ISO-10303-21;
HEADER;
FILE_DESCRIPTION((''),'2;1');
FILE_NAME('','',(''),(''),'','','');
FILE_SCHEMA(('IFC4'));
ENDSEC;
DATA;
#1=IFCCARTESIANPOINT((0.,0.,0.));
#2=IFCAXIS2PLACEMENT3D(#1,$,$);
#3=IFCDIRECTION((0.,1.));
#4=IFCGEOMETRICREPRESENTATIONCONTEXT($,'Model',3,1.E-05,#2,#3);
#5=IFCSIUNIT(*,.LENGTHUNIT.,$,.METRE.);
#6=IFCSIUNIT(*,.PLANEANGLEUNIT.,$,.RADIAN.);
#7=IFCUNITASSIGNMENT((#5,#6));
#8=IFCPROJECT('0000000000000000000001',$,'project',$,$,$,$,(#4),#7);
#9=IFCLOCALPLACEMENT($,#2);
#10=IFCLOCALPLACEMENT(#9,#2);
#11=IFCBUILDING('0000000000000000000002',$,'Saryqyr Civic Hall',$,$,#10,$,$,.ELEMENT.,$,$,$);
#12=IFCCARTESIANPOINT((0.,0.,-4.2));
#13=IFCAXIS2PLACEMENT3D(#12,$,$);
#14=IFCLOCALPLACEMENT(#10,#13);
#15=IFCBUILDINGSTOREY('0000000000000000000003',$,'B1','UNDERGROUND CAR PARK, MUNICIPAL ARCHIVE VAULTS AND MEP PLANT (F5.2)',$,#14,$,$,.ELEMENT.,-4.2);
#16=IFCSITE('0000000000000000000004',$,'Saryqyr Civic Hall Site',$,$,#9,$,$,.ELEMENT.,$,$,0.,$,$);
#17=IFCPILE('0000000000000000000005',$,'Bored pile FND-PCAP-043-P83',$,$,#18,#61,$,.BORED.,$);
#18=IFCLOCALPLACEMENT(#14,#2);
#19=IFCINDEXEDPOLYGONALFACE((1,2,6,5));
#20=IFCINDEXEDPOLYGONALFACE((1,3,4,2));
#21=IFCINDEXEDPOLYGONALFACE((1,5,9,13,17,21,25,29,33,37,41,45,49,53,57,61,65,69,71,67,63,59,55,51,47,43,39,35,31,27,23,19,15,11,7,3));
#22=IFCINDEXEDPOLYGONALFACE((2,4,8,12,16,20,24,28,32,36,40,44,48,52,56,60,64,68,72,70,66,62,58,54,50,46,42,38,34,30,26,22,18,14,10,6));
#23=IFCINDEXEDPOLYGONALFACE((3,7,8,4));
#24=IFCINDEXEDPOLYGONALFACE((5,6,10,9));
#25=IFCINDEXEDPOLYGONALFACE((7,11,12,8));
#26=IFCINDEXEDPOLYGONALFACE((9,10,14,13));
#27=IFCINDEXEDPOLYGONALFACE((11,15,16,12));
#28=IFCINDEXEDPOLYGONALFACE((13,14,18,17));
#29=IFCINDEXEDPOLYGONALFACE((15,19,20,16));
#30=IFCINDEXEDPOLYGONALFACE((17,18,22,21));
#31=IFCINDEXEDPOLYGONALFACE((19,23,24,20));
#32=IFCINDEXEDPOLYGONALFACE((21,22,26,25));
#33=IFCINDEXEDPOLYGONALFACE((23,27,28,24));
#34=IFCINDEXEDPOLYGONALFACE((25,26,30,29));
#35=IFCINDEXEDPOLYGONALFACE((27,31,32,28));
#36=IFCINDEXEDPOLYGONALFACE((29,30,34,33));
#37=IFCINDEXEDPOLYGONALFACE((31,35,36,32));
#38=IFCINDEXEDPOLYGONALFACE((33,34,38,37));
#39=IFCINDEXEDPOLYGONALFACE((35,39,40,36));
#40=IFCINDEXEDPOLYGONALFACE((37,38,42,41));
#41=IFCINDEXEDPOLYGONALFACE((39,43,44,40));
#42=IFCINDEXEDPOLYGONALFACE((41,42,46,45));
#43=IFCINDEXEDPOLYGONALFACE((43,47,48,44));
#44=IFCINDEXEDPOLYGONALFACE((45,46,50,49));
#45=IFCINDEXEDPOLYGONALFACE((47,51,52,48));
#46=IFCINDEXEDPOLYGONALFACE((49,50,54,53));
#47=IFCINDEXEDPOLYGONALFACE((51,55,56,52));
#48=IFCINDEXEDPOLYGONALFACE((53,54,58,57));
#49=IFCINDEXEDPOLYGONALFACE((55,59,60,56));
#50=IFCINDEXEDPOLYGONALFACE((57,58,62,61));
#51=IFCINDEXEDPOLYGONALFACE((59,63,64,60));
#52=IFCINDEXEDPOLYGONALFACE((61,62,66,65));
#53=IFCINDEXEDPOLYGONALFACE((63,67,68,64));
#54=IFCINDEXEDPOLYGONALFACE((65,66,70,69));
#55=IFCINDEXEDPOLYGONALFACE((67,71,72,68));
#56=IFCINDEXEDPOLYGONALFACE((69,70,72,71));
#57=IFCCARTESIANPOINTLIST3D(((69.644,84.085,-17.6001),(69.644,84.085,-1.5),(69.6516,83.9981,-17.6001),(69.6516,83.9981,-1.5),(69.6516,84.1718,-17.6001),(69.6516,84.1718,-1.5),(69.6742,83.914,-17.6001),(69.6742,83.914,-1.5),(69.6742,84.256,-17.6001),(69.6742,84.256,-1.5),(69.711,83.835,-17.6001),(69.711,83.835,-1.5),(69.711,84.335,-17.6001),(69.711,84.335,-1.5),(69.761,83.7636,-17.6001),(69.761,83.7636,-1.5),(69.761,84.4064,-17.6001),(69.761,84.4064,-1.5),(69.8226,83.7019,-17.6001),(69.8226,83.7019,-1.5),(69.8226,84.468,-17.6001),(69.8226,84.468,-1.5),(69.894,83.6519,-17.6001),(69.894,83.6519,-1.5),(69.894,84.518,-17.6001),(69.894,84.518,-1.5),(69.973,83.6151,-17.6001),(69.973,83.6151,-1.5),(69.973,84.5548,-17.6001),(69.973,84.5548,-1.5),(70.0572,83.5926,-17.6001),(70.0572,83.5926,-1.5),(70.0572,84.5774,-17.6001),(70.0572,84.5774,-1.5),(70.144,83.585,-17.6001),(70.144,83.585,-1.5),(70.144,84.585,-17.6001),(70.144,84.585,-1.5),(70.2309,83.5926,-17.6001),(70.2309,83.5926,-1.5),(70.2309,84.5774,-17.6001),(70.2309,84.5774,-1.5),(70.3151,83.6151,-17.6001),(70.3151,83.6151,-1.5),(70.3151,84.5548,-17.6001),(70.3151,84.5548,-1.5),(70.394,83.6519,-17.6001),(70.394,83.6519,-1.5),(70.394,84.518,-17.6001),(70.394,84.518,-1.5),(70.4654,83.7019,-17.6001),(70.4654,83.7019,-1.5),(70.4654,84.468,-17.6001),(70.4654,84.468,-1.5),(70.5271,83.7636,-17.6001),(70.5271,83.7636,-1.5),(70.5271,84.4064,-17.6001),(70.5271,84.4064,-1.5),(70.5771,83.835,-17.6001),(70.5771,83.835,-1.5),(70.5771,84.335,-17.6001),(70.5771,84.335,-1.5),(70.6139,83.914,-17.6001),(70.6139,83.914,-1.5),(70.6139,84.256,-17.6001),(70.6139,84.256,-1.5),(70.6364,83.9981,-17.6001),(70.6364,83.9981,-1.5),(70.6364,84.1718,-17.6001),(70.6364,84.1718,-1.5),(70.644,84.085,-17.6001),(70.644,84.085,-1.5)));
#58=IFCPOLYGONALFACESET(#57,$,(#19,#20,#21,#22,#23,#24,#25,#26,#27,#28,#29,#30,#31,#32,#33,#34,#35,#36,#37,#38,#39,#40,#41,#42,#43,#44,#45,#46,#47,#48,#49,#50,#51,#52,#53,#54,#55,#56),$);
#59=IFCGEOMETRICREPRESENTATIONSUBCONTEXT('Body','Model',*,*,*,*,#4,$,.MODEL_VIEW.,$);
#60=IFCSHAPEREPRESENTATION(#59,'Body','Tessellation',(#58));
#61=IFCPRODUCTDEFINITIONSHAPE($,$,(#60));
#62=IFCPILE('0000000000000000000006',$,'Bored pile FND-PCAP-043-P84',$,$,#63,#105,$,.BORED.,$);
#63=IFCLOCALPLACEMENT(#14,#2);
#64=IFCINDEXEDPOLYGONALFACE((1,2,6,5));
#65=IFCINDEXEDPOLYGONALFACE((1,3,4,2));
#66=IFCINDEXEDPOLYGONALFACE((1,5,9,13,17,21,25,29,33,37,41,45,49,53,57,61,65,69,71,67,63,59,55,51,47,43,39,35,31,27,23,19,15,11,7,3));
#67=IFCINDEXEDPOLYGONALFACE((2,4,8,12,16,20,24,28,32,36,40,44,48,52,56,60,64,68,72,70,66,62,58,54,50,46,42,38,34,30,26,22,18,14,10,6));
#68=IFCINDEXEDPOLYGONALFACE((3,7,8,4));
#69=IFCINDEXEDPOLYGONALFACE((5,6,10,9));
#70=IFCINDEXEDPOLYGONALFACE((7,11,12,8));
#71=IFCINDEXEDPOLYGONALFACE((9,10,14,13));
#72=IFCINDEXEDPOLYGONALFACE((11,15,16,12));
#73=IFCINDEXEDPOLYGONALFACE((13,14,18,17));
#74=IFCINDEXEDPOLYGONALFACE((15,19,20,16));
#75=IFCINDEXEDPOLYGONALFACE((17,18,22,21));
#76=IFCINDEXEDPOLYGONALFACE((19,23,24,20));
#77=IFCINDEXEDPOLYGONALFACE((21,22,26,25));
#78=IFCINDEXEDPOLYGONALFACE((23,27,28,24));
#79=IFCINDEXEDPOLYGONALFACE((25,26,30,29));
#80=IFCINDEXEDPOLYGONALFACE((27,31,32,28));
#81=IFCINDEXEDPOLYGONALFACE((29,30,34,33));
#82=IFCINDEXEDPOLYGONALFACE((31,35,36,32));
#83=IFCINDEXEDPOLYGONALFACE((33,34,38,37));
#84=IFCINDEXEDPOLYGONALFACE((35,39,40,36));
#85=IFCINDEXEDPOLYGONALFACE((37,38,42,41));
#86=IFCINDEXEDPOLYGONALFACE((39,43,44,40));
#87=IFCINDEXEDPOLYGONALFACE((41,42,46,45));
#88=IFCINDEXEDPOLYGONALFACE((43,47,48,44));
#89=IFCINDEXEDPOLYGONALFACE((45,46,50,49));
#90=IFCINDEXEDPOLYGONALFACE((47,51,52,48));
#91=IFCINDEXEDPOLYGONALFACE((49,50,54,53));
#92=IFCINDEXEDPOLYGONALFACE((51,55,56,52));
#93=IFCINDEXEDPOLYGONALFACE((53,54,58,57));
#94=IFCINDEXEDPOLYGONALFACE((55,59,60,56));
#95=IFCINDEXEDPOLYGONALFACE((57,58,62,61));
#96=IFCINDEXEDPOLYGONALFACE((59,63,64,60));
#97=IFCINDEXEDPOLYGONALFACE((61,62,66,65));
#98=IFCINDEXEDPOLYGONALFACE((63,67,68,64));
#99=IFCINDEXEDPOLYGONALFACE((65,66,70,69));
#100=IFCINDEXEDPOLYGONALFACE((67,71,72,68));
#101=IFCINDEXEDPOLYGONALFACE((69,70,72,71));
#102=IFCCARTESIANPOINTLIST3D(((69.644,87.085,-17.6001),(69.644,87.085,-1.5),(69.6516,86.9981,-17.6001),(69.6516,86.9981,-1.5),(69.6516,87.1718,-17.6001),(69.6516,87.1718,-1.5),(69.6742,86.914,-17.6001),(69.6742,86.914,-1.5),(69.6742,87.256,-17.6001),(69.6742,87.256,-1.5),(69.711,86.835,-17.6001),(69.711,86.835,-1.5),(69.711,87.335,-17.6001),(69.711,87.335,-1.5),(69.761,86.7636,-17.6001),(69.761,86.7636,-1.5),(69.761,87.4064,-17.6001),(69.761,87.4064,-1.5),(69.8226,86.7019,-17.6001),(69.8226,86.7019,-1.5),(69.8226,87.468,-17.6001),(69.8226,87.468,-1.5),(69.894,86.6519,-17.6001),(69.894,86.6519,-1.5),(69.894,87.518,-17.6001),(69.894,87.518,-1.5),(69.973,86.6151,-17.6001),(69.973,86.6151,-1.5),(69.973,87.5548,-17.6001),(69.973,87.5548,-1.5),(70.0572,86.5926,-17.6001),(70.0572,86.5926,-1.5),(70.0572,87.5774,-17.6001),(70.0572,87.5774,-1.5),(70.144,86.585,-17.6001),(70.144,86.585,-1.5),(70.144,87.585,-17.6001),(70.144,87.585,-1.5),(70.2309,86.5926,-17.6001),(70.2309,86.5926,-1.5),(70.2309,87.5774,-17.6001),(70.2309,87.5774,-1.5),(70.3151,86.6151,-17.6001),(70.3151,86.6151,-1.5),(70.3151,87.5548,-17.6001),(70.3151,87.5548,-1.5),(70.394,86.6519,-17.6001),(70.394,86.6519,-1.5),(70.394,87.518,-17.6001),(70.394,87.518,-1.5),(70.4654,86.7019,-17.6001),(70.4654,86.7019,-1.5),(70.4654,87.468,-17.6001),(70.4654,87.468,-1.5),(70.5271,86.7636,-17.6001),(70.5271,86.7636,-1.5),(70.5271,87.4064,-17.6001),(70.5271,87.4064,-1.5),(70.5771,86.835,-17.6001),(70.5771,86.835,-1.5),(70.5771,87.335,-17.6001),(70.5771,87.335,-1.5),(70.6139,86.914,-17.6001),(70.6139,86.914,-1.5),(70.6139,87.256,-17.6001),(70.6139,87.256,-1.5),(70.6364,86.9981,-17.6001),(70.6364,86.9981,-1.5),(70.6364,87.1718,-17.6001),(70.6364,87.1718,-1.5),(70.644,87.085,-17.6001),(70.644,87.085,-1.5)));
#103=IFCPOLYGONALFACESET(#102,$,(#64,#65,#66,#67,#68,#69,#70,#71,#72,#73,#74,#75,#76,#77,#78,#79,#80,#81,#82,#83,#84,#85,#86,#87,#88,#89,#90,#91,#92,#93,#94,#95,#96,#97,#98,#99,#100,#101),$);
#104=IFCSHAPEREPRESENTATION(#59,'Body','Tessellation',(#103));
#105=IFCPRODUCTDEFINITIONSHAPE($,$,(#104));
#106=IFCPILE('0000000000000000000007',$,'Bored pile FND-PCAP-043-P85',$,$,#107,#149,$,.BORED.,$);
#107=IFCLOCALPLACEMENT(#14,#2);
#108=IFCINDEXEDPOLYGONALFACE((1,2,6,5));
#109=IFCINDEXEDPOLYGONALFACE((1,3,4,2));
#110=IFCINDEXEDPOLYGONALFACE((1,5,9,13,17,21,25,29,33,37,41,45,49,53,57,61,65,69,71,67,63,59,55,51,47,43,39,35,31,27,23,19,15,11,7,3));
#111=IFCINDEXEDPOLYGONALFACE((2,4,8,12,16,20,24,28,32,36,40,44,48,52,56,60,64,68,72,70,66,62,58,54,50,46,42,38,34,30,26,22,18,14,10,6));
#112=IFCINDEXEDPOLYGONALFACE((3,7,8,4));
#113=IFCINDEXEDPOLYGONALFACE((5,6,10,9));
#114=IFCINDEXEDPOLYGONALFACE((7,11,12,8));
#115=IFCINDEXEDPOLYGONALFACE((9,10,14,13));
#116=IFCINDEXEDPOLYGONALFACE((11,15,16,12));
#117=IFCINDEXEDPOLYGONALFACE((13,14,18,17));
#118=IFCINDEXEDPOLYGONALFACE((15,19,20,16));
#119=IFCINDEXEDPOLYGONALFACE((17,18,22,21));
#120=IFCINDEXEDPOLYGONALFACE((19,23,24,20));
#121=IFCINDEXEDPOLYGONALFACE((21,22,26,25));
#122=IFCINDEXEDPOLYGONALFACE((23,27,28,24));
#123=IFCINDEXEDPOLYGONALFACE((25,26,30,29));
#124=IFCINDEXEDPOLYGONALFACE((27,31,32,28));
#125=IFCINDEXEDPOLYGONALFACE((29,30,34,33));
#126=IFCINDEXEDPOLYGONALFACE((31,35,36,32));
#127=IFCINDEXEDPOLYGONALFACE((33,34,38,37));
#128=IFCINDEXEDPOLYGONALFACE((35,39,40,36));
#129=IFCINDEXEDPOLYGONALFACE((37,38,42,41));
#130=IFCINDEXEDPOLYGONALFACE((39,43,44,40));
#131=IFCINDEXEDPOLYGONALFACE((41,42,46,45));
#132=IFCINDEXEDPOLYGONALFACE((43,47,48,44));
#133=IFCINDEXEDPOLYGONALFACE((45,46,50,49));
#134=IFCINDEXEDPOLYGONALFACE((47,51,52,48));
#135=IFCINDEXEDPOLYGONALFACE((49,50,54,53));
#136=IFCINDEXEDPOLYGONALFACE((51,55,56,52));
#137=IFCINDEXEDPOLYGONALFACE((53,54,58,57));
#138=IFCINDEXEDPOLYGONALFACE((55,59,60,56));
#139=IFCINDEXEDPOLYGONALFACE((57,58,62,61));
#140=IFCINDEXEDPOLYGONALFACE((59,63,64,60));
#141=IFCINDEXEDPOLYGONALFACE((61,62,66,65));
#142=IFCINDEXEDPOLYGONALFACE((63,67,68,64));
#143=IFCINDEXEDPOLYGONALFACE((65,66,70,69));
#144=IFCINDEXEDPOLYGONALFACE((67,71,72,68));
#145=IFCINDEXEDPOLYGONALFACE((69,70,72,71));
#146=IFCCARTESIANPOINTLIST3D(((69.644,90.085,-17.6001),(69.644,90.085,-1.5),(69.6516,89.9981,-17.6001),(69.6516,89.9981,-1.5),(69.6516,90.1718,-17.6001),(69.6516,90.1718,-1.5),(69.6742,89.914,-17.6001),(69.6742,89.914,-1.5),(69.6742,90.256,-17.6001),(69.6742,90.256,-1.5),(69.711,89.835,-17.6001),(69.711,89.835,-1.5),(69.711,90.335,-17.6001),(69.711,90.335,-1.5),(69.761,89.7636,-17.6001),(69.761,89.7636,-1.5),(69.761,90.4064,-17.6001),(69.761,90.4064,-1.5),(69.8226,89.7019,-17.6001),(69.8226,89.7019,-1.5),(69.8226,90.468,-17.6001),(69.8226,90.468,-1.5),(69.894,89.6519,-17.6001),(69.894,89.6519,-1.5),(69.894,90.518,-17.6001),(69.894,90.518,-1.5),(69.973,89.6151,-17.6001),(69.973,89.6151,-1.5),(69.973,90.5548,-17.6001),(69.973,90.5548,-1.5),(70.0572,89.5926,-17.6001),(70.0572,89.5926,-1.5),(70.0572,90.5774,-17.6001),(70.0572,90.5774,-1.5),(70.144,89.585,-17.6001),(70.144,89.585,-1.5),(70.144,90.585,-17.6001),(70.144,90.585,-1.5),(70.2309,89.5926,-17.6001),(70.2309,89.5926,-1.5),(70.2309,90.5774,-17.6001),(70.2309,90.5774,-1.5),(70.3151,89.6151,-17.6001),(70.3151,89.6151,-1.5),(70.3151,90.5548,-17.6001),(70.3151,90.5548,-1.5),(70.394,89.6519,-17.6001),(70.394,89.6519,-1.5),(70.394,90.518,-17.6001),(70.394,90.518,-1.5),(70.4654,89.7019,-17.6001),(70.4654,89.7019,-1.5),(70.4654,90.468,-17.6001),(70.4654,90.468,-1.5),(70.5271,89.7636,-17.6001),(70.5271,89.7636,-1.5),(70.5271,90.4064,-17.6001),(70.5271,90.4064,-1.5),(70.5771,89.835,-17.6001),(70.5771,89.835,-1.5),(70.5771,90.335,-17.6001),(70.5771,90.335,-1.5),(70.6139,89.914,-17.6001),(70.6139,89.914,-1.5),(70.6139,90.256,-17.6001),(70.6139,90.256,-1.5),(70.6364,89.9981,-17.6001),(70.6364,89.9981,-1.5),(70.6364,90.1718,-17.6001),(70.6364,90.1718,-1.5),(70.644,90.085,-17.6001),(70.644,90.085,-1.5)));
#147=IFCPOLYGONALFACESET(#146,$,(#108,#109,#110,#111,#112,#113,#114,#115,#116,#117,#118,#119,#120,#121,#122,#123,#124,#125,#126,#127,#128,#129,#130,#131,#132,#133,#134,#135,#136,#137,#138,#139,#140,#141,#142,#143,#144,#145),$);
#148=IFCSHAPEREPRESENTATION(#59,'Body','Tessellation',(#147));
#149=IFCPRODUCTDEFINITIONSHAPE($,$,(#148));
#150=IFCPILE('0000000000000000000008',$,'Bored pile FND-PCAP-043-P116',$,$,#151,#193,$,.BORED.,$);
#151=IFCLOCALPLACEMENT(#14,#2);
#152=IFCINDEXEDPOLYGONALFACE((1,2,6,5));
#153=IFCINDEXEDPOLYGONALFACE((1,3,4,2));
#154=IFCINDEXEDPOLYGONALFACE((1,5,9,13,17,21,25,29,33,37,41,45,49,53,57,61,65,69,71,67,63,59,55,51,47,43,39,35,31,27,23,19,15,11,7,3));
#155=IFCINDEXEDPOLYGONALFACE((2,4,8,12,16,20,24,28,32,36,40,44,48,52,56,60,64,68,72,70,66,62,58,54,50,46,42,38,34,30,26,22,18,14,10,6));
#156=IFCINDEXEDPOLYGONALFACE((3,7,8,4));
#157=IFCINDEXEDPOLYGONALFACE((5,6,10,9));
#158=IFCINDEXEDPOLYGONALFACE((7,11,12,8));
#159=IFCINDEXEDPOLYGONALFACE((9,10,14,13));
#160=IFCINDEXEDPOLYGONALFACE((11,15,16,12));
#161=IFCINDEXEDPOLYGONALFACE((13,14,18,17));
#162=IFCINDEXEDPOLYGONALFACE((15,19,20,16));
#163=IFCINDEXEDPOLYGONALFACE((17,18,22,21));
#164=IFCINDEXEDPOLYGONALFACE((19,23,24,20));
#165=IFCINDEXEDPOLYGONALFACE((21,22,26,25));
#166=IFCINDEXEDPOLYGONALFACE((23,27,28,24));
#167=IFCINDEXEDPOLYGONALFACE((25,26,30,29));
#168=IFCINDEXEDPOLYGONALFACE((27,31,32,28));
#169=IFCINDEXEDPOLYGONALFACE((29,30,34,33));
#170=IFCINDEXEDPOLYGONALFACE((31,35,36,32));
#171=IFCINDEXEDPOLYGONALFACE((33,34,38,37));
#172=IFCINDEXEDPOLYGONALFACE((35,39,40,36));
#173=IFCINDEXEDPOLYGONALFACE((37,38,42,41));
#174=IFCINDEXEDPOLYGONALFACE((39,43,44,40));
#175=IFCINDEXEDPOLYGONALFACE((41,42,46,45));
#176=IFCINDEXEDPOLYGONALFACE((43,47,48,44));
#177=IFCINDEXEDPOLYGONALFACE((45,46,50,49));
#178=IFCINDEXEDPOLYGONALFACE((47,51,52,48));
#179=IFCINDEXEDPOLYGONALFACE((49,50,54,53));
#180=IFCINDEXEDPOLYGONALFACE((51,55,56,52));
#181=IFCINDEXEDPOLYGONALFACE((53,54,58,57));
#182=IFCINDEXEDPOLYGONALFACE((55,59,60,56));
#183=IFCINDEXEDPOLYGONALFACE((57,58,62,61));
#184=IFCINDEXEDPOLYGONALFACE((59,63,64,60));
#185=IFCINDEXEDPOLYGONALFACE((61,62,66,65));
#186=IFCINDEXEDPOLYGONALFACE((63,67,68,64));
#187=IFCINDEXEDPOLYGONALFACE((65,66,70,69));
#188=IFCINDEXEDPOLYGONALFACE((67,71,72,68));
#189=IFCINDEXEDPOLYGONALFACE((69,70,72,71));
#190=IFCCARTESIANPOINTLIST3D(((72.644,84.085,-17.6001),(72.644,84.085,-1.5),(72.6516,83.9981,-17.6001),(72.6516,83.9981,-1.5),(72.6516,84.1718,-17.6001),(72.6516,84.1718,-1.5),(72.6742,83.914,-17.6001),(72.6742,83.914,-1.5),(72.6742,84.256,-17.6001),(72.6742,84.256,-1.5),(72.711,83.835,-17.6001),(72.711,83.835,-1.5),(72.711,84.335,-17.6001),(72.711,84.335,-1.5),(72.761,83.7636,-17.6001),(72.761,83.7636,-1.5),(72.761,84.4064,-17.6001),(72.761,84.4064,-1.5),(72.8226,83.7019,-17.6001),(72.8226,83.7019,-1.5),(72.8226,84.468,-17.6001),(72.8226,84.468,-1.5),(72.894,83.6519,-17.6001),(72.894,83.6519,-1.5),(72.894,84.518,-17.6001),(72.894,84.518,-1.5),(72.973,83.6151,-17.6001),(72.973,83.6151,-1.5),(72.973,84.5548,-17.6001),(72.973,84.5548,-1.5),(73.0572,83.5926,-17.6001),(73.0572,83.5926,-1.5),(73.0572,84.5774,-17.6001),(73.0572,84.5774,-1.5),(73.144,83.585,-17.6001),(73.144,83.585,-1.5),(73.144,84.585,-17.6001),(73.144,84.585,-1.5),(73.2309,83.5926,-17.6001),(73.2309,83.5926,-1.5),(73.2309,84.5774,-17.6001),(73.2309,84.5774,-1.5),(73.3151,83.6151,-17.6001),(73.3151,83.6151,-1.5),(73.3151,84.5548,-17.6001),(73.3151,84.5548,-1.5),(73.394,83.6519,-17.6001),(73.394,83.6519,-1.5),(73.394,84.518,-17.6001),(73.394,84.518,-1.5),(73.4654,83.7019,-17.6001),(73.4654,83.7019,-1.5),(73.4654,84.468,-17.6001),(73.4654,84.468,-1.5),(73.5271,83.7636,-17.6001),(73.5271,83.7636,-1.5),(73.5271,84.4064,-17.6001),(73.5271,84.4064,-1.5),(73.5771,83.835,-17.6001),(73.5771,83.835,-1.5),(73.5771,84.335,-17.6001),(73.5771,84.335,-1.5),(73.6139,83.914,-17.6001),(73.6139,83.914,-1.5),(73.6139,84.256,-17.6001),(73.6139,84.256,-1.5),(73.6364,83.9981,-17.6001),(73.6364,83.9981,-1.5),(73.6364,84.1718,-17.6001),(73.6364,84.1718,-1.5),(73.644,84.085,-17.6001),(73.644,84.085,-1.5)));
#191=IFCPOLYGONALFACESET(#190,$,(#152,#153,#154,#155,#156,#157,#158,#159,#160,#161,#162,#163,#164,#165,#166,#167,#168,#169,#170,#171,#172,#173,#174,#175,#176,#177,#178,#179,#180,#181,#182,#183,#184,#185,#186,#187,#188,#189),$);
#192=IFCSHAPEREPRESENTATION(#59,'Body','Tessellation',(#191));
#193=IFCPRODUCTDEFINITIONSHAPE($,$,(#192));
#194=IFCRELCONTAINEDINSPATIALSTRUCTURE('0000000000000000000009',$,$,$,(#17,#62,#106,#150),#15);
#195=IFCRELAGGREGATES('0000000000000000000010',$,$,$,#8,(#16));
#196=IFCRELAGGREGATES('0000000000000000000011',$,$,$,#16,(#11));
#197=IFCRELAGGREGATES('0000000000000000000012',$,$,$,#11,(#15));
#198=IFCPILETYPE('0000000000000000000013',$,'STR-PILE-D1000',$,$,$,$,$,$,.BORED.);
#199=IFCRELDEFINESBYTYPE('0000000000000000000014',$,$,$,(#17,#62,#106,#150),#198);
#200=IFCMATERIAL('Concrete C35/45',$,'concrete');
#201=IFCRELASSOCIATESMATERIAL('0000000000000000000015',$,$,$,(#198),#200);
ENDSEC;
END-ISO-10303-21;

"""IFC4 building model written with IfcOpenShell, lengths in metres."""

from ifc_helpers import new_model, si_unit, direction, frame, origin, origin_2d, place, context, subcontext, project, spatial, circle, extrude, material, material_profile, profile_set, type_object, element, save


model = new_model("IFC4")

# Units and contexts
model_context = context("Model", 3, precision=1e-05, world=origin(), true_north=direction((0.0, 1.0)))
body_context = subcontext(model_context, "Body", "Model", "MODEL_VIEW")
ifc_project = project(units=[si_unit("LENGTHUNIT", "METRE"), si_unit("PLANEANGLEUNIT", "RADIAN")], contexts=[model_context])

# Site, building, storey
site_placement = place(None, origin())
site = spatial("IfcSite", under=ifc_project, at=site_placement, Name="Saryqyr Civic Hall Site", CompositionType="ELEMENT", RefElevation=0.0)
building_placement = place(site_placement, origin())
building = spatial("IfcBuilding", under=site, at=building_placement, Name="Saryqyr Civic Hall", CompositionType="ELEMENT")
storey_placement = place(building_placement, frame((0.0, 0.0, -4.2)))
storey = spatial("IfcBuildingStorey", under=building, at=storey_placement, Name="B1", Description="UNDERGROUND CAR PARK, MUNICIPAL ARCHIVE VAULTS AND MEP PLANT (F5.2)", CompositionType="ELEMENT", Elevation=-4.2)

# Piles
ifc_material_1 = material(Name="Concrete C35/45", Category="concrete")
ifc_material_profile_1 = material_profile(ifc_material_1, circle(Radius=0.5, at=origin_2d()), Name="BORED PILE D1000")
ifc_profile_set_1 = profile_set([ifc_material_profile_1], Name="Concrete C35/45")
pile_type = type_object("IfcPileType", Name="STR-PILE-D1000", PredefinedType="BORED", material=ifc_profile_set_1)
for number, where, z_axis, x_axis, name in (
    (1, (70.144, 84.085, -1.5), (0.0, 0.0, -1.0), (1.0, 0.0, 0.0), "Bored pile FND-PCAP-043-P83"),
    (2, (70.144, 87.085, -1.5), (0.0, 0.0, -1.0), (1.0, 0.0, 0.0), "Bored pile FND-PCAP-043-P84"),
    (3, (70.144, 90.085, -1.5), (0.0, 0.0, -1.0), (1.0, 0.0, 0.0), "Bored pile FND-PCAP-043-P85"),
    (4, (73.144, 84.085, -1.5), (0.0, 0.0, -1.0), (1.0, 0.0, 0.0), "Bored pile FND-PCAP-043-P116"),
):
    element("IfcPile", number, at=place(storey_placement, frame(where, z_axis=z_axis, x_axis=x_axis)), inside=storey, type_object=pile_type, Name=name, PredefinedType="BORED", context=body_context, shape_type="SweptSolid", body=[
        extrude(circle(Radius=0.5, at=origin_2d()), origin(), (0.0, 0.0, 1.0), 16.1001),
    ])

save(model, "model.ifc")
